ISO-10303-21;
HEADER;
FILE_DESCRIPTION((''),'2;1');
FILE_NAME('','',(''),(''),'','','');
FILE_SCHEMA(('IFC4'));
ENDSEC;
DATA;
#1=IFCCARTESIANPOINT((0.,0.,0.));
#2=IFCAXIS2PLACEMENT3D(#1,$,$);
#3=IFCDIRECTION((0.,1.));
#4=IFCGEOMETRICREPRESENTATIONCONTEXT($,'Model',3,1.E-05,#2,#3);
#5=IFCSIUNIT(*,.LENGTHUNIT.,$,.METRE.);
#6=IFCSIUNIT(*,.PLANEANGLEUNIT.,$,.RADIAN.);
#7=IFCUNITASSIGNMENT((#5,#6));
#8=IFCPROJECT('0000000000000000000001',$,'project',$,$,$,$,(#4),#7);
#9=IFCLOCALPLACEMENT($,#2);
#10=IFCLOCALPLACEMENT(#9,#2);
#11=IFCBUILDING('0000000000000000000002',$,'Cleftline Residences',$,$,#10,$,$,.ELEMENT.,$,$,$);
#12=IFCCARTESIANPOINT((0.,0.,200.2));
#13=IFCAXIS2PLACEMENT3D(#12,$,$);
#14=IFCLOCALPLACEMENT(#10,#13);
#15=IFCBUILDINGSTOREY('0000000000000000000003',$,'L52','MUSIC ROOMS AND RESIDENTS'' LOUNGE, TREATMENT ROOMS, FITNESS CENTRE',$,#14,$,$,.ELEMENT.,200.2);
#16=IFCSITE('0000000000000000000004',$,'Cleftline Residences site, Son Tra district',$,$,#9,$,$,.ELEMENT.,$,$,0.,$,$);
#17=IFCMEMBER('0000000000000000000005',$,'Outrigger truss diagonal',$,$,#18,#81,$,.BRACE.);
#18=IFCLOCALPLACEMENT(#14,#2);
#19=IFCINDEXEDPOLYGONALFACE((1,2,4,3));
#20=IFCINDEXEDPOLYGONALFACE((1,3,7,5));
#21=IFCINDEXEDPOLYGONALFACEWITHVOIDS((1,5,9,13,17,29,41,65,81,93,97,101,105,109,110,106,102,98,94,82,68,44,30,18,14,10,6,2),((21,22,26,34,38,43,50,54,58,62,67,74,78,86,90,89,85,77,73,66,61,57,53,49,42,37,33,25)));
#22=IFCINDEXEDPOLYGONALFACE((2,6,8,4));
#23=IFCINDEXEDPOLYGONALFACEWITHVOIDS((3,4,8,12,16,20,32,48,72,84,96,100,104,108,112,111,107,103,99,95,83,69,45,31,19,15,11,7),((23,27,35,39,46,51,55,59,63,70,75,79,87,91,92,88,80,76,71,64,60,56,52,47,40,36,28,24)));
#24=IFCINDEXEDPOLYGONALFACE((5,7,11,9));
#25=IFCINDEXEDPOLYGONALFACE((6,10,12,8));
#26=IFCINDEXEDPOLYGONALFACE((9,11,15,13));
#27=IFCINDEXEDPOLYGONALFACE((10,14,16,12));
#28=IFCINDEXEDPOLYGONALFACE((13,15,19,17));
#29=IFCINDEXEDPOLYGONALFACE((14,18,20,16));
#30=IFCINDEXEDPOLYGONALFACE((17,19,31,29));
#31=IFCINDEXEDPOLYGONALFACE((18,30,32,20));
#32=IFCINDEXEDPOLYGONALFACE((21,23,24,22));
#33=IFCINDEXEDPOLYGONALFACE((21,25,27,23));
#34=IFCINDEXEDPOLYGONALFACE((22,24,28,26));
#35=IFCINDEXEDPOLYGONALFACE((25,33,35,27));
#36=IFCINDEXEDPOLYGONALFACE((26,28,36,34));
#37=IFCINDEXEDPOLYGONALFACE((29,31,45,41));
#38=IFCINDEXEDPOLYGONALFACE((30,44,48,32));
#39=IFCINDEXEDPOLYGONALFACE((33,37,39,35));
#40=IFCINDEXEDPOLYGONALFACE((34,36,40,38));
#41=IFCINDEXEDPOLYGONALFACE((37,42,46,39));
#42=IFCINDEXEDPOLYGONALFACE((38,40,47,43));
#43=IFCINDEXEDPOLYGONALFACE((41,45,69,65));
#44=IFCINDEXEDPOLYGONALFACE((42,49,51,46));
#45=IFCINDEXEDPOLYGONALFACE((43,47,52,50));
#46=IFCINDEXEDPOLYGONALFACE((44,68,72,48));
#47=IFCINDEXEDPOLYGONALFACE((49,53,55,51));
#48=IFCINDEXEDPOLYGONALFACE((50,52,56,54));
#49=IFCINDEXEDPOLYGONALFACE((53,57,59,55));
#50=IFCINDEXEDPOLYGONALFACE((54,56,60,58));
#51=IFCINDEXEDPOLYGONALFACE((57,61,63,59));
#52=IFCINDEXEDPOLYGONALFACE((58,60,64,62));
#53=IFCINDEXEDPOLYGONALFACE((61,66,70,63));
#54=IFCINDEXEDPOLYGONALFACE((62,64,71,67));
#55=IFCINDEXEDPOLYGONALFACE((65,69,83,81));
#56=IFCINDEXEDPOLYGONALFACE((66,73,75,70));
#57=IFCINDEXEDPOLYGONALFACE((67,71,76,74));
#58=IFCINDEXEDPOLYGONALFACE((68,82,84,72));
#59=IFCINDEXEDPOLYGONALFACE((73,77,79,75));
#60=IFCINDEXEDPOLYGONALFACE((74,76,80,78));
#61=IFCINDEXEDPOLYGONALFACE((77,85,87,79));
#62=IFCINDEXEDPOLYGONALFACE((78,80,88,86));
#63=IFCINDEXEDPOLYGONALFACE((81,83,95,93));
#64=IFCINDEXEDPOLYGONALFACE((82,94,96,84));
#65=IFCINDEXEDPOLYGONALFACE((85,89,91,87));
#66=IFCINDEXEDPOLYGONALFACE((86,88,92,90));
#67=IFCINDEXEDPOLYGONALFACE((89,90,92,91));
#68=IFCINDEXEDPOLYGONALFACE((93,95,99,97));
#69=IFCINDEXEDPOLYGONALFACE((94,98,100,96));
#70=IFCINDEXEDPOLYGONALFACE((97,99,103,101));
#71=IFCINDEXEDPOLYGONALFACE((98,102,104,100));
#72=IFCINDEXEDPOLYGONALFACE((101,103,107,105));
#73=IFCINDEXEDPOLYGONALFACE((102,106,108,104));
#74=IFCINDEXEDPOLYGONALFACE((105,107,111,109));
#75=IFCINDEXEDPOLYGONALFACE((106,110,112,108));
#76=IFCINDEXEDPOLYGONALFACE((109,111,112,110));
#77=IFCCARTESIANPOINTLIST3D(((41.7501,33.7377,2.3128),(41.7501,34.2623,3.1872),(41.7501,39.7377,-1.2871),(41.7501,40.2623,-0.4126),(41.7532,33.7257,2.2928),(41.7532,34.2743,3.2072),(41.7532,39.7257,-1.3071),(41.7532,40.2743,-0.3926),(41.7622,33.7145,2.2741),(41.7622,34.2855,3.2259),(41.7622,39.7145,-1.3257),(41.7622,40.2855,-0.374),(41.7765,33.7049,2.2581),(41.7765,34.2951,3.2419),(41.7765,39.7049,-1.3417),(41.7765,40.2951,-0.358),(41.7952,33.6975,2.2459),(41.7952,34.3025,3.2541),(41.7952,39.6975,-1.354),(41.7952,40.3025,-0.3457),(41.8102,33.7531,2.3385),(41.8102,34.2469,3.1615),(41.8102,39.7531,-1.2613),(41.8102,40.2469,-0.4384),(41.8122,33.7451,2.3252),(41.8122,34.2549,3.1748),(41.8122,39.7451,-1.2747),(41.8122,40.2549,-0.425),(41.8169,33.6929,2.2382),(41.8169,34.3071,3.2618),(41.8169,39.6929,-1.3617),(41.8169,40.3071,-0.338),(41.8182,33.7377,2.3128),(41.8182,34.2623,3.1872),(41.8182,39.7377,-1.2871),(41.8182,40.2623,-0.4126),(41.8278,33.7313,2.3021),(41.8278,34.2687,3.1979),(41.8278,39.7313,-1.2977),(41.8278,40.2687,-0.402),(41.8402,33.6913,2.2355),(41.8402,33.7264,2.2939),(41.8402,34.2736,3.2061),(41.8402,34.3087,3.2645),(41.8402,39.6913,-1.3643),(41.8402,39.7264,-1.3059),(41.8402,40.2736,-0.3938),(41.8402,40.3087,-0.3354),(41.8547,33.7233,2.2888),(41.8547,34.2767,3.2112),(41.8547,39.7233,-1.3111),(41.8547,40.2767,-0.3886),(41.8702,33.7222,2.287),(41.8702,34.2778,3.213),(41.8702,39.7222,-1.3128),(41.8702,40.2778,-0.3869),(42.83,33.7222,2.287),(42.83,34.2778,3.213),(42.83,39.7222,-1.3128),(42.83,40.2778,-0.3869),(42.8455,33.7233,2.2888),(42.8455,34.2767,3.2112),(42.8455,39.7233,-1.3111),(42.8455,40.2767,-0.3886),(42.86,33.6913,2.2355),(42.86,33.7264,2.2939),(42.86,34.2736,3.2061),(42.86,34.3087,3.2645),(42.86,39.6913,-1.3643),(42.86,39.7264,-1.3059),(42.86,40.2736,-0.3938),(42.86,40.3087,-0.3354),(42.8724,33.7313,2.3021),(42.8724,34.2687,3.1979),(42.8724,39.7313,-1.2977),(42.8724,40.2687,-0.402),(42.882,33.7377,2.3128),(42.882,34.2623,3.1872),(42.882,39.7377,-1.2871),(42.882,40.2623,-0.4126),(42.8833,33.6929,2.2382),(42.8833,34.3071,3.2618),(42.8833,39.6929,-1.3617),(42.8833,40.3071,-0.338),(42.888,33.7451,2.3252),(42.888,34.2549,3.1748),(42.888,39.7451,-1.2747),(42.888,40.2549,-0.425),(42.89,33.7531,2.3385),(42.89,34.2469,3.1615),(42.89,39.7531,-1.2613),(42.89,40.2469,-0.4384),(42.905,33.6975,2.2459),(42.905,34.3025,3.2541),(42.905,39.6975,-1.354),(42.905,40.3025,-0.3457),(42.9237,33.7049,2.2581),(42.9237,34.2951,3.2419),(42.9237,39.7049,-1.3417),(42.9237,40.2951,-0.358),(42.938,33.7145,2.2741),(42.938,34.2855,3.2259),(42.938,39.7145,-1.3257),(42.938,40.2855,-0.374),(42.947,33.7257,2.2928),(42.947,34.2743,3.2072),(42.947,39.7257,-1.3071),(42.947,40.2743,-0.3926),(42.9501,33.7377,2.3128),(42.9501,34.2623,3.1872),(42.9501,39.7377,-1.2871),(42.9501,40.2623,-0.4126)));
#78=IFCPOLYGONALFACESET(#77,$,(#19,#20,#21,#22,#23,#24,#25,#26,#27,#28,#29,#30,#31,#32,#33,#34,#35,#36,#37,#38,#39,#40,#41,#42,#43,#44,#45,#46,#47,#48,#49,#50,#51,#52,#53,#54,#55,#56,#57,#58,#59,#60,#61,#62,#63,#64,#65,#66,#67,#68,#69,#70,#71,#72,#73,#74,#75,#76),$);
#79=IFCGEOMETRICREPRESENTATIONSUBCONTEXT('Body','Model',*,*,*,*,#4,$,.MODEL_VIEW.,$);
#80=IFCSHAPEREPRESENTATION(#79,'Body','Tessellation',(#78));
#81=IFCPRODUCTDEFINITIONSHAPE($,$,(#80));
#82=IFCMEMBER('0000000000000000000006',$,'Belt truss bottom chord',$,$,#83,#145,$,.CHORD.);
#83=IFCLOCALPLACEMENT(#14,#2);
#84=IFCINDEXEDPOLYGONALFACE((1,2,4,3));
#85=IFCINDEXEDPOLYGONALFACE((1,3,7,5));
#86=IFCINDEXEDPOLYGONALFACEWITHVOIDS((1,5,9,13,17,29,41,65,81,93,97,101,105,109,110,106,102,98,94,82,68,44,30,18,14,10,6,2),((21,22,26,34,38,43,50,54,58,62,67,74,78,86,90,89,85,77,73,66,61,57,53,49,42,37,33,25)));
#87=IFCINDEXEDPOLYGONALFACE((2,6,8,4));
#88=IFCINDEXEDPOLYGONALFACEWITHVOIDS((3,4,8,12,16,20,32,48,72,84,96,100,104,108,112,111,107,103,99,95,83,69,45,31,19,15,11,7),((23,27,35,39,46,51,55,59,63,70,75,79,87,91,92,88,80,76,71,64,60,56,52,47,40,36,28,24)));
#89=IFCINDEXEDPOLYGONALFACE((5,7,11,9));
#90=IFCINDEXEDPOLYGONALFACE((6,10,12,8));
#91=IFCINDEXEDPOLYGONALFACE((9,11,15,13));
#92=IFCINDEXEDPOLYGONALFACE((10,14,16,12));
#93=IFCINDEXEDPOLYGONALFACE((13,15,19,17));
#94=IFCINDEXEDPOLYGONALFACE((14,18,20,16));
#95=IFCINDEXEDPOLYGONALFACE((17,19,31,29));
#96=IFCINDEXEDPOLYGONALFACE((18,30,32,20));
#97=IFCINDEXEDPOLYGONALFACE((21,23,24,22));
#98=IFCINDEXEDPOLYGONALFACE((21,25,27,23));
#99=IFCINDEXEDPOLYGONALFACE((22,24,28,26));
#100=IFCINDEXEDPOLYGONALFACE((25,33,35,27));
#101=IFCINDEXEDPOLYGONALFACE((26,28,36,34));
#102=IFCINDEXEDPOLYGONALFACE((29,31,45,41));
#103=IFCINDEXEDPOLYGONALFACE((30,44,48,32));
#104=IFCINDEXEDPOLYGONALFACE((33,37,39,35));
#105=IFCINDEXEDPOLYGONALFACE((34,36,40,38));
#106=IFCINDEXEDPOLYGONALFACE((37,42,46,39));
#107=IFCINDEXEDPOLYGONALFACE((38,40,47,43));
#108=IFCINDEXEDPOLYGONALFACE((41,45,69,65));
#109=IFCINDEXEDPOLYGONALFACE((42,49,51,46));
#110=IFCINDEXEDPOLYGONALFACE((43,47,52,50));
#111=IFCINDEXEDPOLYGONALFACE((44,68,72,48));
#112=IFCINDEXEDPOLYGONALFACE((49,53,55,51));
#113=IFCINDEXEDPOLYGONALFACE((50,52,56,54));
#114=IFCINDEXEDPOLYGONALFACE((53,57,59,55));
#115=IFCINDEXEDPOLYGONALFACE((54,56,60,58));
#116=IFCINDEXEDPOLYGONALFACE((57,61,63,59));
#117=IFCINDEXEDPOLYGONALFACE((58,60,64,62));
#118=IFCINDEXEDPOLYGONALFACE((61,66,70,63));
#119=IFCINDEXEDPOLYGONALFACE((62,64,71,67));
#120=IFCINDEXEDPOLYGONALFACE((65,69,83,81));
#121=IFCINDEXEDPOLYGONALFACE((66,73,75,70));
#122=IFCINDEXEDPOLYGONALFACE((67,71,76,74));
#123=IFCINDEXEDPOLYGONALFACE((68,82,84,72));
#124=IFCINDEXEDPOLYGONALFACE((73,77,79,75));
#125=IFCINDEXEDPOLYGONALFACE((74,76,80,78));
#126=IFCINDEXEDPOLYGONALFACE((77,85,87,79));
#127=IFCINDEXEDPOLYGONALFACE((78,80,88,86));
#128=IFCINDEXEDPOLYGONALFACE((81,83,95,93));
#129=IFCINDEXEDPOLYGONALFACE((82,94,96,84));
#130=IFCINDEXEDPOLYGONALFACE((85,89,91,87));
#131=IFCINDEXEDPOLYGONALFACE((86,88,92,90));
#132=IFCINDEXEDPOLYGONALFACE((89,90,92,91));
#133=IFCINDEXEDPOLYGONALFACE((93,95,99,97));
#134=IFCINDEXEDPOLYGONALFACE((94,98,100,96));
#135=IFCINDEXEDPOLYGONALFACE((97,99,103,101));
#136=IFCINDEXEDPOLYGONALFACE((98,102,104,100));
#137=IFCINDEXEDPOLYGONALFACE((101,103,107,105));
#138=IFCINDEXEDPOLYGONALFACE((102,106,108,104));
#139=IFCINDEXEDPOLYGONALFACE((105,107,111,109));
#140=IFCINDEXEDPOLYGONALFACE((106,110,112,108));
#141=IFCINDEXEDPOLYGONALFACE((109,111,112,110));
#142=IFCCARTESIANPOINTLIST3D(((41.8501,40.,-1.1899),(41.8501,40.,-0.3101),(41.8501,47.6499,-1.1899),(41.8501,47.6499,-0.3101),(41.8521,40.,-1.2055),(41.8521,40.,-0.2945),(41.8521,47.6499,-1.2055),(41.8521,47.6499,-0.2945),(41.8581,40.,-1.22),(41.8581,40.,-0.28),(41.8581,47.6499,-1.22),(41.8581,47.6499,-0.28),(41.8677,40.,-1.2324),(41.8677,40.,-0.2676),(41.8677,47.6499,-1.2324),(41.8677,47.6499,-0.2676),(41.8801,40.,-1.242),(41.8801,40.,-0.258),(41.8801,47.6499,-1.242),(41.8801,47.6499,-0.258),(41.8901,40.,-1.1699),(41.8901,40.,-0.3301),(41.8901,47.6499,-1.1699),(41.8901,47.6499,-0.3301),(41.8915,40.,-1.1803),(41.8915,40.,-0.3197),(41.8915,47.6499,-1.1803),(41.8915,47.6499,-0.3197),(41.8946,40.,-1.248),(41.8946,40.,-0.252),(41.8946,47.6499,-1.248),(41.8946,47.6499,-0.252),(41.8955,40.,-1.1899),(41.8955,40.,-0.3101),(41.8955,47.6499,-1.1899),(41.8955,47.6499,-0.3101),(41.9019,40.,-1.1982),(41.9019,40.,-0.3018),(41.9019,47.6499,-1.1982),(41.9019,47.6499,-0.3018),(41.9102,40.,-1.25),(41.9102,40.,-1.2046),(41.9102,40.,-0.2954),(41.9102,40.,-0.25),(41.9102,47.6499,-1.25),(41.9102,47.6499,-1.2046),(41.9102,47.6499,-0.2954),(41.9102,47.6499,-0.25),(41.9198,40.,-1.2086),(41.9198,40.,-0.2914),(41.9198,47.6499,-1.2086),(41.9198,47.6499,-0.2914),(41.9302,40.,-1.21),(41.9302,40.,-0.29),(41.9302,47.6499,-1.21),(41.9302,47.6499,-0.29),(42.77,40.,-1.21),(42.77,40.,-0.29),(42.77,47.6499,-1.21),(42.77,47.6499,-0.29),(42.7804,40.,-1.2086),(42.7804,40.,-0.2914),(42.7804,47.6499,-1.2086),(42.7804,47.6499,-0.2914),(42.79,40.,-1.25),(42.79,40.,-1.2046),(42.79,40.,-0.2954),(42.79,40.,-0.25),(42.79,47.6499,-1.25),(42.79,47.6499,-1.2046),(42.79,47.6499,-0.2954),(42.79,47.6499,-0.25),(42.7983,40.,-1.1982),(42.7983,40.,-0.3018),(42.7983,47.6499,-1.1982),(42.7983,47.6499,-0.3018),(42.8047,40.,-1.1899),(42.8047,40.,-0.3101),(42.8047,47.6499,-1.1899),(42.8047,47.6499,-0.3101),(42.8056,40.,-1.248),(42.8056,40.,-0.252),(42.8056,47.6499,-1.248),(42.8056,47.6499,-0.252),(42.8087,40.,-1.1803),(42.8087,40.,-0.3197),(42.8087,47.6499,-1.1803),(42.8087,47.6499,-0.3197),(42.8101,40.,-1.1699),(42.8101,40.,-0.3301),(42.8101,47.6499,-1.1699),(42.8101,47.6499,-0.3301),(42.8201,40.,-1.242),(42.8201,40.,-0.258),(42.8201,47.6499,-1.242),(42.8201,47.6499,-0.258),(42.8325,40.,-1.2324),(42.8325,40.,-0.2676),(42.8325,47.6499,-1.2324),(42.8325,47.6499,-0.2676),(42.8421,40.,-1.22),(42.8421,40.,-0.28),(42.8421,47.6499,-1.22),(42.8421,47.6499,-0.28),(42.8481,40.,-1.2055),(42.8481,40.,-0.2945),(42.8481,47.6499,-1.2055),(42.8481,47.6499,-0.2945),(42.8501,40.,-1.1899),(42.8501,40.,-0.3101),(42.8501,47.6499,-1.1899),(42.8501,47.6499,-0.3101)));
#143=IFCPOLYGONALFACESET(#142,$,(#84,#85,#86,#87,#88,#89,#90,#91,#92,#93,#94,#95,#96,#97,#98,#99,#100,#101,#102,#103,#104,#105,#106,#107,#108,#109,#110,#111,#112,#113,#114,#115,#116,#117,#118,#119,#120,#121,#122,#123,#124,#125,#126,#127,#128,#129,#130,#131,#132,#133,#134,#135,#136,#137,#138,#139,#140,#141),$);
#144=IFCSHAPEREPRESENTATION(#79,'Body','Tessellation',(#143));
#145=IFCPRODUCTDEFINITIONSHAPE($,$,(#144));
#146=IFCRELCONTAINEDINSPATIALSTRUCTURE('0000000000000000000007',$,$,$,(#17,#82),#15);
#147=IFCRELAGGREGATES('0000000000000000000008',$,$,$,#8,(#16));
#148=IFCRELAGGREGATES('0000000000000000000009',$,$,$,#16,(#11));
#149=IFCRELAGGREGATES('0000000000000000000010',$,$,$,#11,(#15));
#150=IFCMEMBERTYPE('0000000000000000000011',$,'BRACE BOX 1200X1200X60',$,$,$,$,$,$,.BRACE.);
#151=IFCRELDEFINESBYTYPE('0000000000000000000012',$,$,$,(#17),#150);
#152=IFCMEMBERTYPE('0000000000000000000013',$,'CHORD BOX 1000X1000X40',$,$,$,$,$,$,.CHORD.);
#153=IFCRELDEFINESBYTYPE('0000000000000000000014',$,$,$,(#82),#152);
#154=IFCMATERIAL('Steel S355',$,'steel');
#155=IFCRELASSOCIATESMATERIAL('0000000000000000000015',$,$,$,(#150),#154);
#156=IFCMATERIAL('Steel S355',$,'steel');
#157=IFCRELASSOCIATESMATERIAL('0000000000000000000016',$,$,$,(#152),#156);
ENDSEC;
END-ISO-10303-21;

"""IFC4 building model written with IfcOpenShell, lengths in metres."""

from ifc_helpers import new_model, si_unit, direction, frame, origin, origin_2d, place, context, subcontext, project, spatial, hollow_rectangle, extrude, material, material_profile, profile_set, type_object, element, save


model = new_model("IFC4")

# Units and contexts
model_context = context("Model", 3, precision=1e-05, world=origin(), true_north=direction((0.0, 1.0)))
body_context = subcontext(model_context, "Body", "Model", "MODEL_VIEW")
ifc_project = project(units=[si_unit("LENGTHUNIT", "METRE"), si_unit("PLANEANGLEUNIT", "RADIAN")], contexts=[model_context])

# Site, building, storey
site_placement = place(None, origin())
site = spatial("IfcSite", under=ifc_project, at=site_placement, Name="Cleftline Residences site, Son Tra district", CompositionType="ELEMENT", RefElevation=0.0)
building_placement = place(site_placement, origin())
building = spatial("IfcBuilding", under=site, at=building_placement, Name="Cleftline Residences", CompositionType="ELEMENT")
storey_placement = place(building_placement, frame((0.0, 0.0, 200.2)))
storey = spatial("IfcBuildingStorey", under=building, at=storey_placement, Name="L52", Description="MUSIC ROOMS AND RESIDENTS' LOUNGE, TREATMENT ROOMS, FITNESS CENTRE", CompositionType="ELEMENT", Elevation=200.2)

# Members
ifc_material_1 = material(Name="Steel S355", Category="steel")
ifc_material_profile_1 = material_profile(ifc_material_1, hollow_rectangle(XDim=1.2, YDim=1.2, WallThickness=0.0601, InnerFilletRadius=0.0601, OuterFilletRadius=0.0901, at=origin_2d()))
ifc_profile_set_1 = profile_set([ifc_material_profile_1], Name="Steel S355")
member_type_1 = type_object("IfcMemberType", Name="BRACE BOX 1200X1200X60", PredefinedType="BRACE", material=ifc_profile_set_1)
member_1_placement = place(storey_placement, frame((42.3501, 40.0, -0.8499), z_axis=(0.0, -0.857502, 0.51448), x_axis=(0.0, 0.51448, 0.857502)))
element("IfcMember", 1, at=member_1_placement, inside=storey, type_object=member_type_1, Name="Outrigger truss diagonal", PredefinedType="BRACE", context=body_context, shape_type="SweptSolid", body=[
    extrude(hollow_rectangle(XDim=1.2, YDim=1.2, WallThickness=0.0601, InnerFilletRadius=0.0601, OuterFilletRadius=0.0901, at=origin_2d()), origin(), (0.0, 0.0, 1.0), 6.9971),
])
ifc_material_2 = material(Name="Steel S355", Category="steel")
ifc_material_profile_2 = material_profile(ifc_material_2, hollow_rectangle(XDim=1.0, YDim=1.0, WallThickness=0.04, InnerFilletRadius=0.04, OuterFilletRadius=0.0601, at=origin_2d()))
ifc_profile_set_2 = profile_set([ifc_material_profile_2], Name="Steel S355")
member_type_2 = type_object("IfcMemberType", Name="CHORD BOX 1000X1000X40", PredefinedType="CHORD", material=ifc_profile_set_2)
for number, where, z_axis, x_axis, name in (
    (2, (42.3501, 40.0, -0.75), (0.0, 1.0, 0.0), (-1.0, 0.0, 0.0), "Belt truss bottom chord"),
):
    element("IfcMember", number, at=place(storey_placement, frame(where, z_axis=z_axis, x_axis=x_axis)), inside=storey, type_object=member_type_2, Name=name, PredefinedType="CHORD", context=body_context, shape_type="SweptSolid", body=[
        extrude(hollow_rectangle(XDim=1.0, YDim=1.0, WallThickness=0.04, InnerFilletRadius=0.04, OuterFilletRadius=0.0601, at=origin_2d()), origin(), (0.0, 0.0, 1.0), 7.6499),
    ])

save(model, "model.ifc")
